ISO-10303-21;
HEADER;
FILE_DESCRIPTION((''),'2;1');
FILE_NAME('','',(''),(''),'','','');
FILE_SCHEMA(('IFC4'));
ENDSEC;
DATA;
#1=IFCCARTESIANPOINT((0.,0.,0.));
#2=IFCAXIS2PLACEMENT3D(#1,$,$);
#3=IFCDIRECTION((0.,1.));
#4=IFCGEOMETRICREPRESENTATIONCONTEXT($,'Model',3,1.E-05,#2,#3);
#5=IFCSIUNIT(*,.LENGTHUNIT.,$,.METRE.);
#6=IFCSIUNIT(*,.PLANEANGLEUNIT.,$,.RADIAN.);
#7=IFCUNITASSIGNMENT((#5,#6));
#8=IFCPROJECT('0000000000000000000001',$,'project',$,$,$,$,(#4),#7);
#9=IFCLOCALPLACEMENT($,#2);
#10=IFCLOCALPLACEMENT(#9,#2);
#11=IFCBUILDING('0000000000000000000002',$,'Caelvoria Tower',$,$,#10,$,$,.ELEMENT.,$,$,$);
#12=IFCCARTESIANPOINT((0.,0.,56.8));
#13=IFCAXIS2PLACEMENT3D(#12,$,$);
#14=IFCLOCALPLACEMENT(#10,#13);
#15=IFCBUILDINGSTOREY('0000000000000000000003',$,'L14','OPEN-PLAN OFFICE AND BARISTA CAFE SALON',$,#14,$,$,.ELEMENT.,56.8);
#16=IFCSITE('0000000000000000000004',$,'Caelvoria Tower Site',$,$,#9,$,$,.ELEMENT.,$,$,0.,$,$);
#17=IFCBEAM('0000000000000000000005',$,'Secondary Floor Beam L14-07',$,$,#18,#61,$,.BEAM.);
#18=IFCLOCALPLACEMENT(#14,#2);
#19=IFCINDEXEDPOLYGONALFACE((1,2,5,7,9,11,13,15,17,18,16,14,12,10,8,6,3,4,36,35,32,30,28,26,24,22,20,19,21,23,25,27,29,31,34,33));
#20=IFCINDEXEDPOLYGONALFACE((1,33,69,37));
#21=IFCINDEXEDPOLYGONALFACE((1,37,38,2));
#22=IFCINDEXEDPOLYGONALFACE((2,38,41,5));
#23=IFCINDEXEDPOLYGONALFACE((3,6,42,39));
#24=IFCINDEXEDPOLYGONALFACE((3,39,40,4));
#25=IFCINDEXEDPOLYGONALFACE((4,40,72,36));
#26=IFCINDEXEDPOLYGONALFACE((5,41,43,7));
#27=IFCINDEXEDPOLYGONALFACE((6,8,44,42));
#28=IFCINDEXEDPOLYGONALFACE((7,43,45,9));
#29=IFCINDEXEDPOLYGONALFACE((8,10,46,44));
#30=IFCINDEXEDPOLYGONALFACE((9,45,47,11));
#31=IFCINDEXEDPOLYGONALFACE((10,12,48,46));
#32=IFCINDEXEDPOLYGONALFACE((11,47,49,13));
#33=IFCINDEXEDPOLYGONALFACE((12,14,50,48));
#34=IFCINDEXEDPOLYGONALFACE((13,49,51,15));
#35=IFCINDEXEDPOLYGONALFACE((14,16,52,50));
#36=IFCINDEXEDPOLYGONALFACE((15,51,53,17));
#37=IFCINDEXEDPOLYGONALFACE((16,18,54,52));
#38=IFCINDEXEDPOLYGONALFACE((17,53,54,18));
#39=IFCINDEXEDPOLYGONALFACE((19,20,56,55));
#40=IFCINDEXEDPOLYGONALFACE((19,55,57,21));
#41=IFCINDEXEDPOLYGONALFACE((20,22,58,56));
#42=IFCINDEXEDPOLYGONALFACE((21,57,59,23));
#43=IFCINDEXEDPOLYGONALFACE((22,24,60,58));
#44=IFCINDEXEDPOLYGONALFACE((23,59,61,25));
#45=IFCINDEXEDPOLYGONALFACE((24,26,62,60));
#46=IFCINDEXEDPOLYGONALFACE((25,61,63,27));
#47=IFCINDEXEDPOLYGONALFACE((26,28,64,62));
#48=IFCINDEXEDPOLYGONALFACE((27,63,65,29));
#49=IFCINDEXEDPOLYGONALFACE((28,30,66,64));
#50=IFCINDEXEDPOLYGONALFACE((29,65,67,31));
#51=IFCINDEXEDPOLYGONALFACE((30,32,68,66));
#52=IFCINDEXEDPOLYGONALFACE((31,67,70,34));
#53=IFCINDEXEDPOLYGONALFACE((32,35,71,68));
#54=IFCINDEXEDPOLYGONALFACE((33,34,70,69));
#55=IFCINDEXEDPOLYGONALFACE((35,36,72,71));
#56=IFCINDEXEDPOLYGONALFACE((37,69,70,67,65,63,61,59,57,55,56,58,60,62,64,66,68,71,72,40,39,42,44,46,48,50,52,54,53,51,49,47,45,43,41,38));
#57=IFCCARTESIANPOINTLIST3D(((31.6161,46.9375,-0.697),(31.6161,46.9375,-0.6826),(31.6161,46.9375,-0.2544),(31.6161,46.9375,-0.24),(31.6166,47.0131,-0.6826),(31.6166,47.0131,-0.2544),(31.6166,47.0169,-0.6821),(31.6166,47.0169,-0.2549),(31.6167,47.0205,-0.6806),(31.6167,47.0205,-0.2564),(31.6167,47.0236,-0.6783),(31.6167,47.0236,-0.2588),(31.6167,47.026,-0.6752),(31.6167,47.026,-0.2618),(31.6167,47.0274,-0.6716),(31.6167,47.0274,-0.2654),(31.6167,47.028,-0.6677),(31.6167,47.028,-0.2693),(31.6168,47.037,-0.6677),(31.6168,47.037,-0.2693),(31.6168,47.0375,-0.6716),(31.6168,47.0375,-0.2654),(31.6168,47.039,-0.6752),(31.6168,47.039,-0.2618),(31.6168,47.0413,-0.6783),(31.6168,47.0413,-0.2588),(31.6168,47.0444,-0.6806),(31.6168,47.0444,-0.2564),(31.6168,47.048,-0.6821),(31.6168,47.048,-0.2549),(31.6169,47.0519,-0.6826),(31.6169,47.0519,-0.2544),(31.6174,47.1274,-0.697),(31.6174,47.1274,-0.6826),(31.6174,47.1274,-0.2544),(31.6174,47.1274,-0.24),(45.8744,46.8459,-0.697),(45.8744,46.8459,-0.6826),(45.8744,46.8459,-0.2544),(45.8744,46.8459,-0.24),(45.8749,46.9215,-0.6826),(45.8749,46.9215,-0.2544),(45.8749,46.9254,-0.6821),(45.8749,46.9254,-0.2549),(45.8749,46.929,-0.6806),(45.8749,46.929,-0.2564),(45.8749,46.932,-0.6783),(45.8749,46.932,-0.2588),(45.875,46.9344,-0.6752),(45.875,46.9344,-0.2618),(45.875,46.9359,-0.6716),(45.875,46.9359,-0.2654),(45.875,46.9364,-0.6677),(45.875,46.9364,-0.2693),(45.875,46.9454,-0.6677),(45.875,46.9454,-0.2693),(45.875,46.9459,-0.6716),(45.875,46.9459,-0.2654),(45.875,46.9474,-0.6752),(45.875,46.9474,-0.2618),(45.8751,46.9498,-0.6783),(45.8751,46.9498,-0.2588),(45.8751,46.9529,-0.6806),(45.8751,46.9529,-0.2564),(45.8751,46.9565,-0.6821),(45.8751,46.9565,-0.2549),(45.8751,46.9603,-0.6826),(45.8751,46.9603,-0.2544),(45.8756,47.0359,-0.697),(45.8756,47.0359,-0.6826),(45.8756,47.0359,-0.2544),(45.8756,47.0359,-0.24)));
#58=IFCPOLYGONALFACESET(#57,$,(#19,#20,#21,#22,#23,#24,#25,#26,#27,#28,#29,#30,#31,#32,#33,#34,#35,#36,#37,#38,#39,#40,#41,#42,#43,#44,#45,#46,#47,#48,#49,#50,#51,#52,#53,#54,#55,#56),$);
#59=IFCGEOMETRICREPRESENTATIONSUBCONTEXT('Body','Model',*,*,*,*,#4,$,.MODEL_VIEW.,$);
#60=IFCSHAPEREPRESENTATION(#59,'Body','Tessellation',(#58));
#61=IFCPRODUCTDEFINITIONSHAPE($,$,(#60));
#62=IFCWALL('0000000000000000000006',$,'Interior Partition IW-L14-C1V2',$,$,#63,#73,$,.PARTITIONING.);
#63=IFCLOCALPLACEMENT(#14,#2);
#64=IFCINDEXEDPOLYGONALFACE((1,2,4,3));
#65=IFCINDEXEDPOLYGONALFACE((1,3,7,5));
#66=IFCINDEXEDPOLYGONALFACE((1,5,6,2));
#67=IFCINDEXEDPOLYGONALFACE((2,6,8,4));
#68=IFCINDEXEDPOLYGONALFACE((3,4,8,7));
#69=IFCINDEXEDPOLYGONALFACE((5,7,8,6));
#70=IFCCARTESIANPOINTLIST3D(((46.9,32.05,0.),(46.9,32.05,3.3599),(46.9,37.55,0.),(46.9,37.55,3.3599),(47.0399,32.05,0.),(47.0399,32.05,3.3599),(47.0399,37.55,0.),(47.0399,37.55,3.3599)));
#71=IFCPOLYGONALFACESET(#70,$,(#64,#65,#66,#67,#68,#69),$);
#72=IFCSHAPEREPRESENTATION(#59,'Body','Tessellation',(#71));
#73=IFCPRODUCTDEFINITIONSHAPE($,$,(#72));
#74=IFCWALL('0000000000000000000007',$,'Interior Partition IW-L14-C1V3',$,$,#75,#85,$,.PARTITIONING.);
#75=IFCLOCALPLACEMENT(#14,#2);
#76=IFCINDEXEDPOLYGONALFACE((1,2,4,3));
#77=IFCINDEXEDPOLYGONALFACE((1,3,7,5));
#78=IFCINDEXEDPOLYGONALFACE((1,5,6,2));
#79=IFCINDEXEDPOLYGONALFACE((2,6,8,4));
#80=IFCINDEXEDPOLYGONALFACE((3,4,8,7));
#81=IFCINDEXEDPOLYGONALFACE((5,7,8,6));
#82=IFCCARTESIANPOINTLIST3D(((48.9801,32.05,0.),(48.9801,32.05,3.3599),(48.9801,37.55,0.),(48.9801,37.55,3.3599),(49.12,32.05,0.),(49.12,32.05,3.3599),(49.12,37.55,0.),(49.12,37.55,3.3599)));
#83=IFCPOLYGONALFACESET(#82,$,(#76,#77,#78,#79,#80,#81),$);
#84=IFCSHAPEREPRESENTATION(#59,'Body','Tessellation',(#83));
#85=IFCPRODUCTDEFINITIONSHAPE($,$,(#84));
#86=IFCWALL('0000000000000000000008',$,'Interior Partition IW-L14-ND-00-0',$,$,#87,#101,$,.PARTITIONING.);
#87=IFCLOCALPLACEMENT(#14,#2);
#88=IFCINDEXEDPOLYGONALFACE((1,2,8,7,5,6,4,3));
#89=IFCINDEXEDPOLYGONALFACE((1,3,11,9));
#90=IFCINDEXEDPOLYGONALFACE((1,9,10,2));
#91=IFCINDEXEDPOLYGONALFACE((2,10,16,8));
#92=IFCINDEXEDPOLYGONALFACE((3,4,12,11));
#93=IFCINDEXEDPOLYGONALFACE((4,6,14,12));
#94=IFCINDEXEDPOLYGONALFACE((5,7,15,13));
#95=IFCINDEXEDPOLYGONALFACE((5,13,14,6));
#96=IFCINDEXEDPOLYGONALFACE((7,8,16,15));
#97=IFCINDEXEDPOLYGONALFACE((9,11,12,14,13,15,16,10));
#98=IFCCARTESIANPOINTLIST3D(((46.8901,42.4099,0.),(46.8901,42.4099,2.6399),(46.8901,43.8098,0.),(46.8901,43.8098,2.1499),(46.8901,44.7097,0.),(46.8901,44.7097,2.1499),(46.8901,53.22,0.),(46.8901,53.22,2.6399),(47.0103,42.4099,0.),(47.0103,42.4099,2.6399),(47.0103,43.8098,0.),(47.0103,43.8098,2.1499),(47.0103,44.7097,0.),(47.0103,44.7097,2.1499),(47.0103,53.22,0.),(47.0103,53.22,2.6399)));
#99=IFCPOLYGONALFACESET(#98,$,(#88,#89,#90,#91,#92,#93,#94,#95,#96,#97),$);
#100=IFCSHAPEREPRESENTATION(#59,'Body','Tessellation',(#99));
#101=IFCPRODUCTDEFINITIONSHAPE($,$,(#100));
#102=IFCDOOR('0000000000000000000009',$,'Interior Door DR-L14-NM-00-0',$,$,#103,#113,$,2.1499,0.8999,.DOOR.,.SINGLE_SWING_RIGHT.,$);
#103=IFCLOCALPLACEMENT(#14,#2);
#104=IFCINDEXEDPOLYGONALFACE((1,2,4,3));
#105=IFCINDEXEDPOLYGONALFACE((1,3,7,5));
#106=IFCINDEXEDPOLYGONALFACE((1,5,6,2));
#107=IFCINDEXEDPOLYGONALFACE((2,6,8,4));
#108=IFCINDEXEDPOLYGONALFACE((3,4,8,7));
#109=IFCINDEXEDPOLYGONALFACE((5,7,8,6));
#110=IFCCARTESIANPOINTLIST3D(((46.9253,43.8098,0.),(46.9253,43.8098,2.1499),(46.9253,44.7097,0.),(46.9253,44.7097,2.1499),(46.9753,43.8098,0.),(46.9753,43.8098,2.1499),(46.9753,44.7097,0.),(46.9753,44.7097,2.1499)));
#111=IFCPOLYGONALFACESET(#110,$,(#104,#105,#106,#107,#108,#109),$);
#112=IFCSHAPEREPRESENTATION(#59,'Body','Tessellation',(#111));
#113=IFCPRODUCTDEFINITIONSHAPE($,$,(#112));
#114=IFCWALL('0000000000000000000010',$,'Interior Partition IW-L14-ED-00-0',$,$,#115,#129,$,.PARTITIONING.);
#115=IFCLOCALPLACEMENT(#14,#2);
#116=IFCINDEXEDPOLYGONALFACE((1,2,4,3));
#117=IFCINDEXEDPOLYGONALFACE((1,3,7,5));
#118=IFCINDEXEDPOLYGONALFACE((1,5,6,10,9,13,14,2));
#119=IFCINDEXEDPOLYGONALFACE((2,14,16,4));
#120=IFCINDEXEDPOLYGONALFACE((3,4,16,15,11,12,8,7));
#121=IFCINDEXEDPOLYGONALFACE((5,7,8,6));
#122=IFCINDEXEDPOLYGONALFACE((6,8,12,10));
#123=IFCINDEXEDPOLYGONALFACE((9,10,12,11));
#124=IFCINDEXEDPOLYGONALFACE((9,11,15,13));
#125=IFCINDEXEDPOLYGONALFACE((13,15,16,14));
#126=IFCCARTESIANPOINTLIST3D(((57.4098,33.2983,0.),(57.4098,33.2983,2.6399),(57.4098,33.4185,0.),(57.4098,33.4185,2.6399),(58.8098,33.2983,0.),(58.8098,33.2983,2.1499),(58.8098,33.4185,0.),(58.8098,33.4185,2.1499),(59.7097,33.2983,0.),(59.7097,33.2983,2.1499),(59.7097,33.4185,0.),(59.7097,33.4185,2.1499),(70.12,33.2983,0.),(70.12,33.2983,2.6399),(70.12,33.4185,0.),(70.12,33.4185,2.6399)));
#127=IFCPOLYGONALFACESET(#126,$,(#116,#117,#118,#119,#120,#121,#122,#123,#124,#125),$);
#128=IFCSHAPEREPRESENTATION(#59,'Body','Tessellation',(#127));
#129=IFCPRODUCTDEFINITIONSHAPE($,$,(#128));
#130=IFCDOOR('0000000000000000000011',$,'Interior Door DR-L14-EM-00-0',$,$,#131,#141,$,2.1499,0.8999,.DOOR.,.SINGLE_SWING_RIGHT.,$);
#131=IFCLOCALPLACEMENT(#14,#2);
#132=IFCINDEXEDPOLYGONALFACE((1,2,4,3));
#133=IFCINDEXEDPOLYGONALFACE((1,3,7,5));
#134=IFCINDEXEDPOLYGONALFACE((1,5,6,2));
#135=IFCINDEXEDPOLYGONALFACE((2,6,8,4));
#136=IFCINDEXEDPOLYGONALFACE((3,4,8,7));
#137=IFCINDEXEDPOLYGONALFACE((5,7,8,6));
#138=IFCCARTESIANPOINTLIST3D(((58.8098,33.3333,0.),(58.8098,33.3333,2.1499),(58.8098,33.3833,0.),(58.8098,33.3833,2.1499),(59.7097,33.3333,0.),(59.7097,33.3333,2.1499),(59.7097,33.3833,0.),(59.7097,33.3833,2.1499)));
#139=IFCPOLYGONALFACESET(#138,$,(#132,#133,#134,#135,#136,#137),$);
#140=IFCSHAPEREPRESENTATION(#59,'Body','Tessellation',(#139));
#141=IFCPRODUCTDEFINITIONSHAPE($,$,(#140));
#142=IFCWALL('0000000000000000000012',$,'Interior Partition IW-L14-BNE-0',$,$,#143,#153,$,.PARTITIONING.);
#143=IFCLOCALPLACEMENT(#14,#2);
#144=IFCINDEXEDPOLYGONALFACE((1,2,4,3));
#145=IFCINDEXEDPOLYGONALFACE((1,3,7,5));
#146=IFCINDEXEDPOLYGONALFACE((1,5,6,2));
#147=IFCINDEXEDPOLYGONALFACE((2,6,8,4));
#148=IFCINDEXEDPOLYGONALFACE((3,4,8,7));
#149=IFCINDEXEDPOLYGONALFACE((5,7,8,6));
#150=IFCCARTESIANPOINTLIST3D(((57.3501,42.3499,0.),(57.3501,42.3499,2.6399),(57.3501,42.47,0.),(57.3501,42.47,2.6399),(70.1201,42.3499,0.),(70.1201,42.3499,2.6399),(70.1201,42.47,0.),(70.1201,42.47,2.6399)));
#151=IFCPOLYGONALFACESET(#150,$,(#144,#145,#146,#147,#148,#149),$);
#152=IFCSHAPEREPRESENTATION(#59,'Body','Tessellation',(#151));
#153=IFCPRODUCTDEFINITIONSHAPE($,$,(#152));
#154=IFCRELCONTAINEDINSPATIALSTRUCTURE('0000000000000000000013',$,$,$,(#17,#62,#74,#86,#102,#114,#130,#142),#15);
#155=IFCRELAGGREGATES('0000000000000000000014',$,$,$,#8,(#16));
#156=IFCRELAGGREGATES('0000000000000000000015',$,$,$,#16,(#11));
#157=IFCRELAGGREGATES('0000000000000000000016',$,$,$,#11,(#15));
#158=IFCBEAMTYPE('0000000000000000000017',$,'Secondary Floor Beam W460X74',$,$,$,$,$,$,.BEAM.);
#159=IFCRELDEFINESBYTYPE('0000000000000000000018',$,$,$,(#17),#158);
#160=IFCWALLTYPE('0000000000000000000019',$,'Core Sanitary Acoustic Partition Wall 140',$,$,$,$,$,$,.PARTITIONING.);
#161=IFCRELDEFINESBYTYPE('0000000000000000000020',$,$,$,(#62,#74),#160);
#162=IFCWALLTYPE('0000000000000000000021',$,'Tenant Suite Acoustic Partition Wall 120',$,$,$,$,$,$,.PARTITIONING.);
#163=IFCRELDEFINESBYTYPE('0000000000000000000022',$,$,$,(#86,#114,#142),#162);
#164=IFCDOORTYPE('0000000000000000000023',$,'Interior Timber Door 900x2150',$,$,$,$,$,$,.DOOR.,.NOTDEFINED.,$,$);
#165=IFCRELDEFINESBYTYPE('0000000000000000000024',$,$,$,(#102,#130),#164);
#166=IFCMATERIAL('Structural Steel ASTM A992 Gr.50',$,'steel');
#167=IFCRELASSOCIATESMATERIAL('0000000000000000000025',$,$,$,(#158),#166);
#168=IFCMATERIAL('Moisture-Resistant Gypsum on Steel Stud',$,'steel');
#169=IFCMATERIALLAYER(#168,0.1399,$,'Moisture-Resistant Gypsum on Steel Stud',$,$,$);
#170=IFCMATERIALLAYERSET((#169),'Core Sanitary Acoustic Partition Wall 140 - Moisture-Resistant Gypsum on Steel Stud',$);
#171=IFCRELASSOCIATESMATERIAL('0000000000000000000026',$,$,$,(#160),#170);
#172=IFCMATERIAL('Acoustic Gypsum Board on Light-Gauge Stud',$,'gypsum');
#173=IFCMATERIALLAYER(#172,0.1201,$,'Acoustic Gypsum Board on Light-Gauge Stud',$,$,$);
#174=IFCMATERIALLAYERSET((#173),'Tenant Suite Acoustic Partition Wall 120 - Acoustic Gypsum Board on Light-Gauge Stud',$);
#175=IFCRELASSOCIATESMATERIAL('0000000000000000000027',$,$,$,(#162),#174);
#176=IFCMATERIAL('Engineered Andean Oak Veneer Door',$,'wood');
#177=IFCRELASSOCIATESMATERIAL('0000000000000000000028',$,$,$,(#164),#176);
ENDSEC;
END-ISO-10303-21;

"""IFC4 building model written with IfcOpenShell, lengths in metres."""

from ifc_helpers import new_model, si_unit, direction, frame, frame_2d, origin, origin_2d, place, context, subcontext, project, spatial, rectangle, i_section, extrude, material, layer, layer_set, material_profile, profile_set, type_object, element, fill, save


model = new_model("IFC4")

# Units and contexts
model_context = context("Model", 3, precision=1e-05, world=origin(), true_north=direction((0.0, 1.0)))
body_context = subcontext(model_context, "Body", "Model", "MODEL_VIEW")
ifc_project = project(units=[si_unit("LENGTHUNIT", "METRE"), si_unit("PLANEANGLEUNIT", "RADIAN")], contexts=[model_context])

# Site, building, storey
site_placement = place(None, origin())
site = spatial("IfcSite", under=ifc_project, at=site_placement, Name="Caelvoria Tower Site", CompositionType="ELEMENT", RefElevation=0.0)
building_placement = place(site_placement, origin())
building = spatial("IfcBuilding", under=site, at=building_placement, Name="Caelvoria Tower", CompositionType="ELEMENT")
storey_placement = place(building_placement, frame((0.0, 0.0, 56.8)))
storey = spatial("IfcBuildingStorey", under=building, at=storey_placement, Name="L14", Description="OPEN-PLAN OFFICE AND BARISTA CAFE SALON", CompositionType="ELEMENT", Elevation=56.8)

# Beam
ifc_material_1 = material(Name="Structural Steel ASTM A992 Gr.50", Category="steel")
ifc_material_profile_1 = material_profile(ifc_material_1, i_section(OverallWidth=0.1899, OverallDepth=0.457, WebThickness=0.009, FlangeThickness=0.0144, FilletRadius=0.0149, at=origin_2d()), Name="Structural Steel ASTM A992 Gr.50")
ifc_profile_set_1 = profile_set([ifc_material_profile_1], Name="W460X74 - Structural Steel ASTM A992 Gr.50")
beam_type_1 = type_object("IfcBeamType", Name="Secondary Floor Beam W460X74", PredefinedType="BEAM", material=ifc_profile_set_1)
for number, where, z_axis, x_axis, name in (
    (1, (45.875, 46.9409, -0.4685), (-0.999979, 0.006421, 0.0), (-0.006421, -0.999979, 0.0), "Secondary Floor Beam L14-07"),
):
    element("IfcBeam", number, at=place(storey_placement, frame(where, z_axis=z_axis, x_axis=x_axis)), inside=storey, type_object=beam_type_1, Name=name, PredefinedType="BEAM", context=body_context, shape_type="SweptSolid", body=[
        extrude(i_section(OverallWidth=0.1899, OverallDepth=0.457, WebThickness=0.009, FlangeThickness=0.0144, FilletRadius=0.0149, at=origin_2d()), origin(), (0.0, 0.0, 1.0), 14.2585),
    ])

# Walls
ifc_material_2 = material(Name="Moisture-Resistant Gypsum on Steel Stud", Category="steel")
ifc_layer_1 = layer(ifc_material_2, 0.1399, Name="Moisture-Resistant Gypsum on Steel Stud")
ifc_layer_set_1 = layer_set([ifc_layer_1], Name="Core Sanitary Acoustic Partition Wall 140 - Moisture-Resistant Gypsum on Steel Stud")
wall_type_1 = type_object("IfcWallType", Name="Core Sanitary Acoustic Partition Wall 140", PredefinedType="PARTITIONING", material=ifc_layer_set_1)
for number, where, z_axis, x_axis, name in (
    (2, (46.97, 32.05, 0.0), (0.0, 0.0, 1.0), (0.0, 1.0, 0.0), "Interior Partition IW-L14-C1V2"),
    (3, (49.05, 32.05, 0.0), (0.0, 0.0, 1.0), (0.0, 1.0, 0.0), "Interior Partition IW-L14-C1V3"),
):
    element("IfcWall", number, at=place(storey_placement, frame(where, z_axis=z_axis, x_axis=x_axis)), inside=storey, type_object=wall_type_1, Name=name, PredefinedType="PARTITIONING", context=body_context, shape_type="SweptSolid", body=[
        extrude(rectangle(XDim=5.5, YDim=0.1399, at=frame_2d((2.75, 0.0))), origin(), (0.0, 0.0, 1.0), 3.3599),
    ])

# Walls, openings, doors
ifc_material_3 = material(Name="Acoustic Gypsum Board on Light-Gauge Stud", Category="gypsum")
ifc_layer_2 = layer(ifc_material_3, 0.1201, Name="Acoustic Gypsum Board on Light-Gauge Stud")
ifc_layer_set_2 = layer_set([ifc_layer_2], Name="Tenant Suite Acoustic Partition Wall 120 - Acoustic Gypsum Board on Light-Gauge Stud")
wall_type_2 = type_object("IfcWallType", Name="Tenant Suite Acoustic Partition Wall 120", PredefinedType="PARTITIONING", material=ifc_layer_set_2)
wall_1_placement = place(storey_placement, frame((46.9502, 42.4099, 0.0), z_axis=(0.0, 0.0, 1.0), x_axis=(0.0, 1.0, 0.0)))
wall_1 = element("IfcWall", 4, at=wall_1_placement, inside=storey, type_object=wall_type_2, Name="Interior Partition IW-L14-ND-00-0", PredefinedType="PARTITIONING", context=body_context, shape_type="SweptSolid", body=[
    extrude(rectangle(XDim=10.8101, YDim=0.1201, at=frame_2d((5.405, 0.0))), origin(), (0.0, 0.0, 1.0), 2.6399),
])
opening_1_placement = place(wall_1_placement, frame((1.3999, 0.0, 0.0)))
opening_1 = element("IfcOpeningElement", 5, at=opening_1_placement, cuts=wall_1, PredefinedType="OPENING", context=body_context, shape_type="SweptSolid", body=[
    extrude(rectangle(XDim=0.8999, YDim=2.1499, at=frame_2d((0.45, 1.075))), frame((0.0, 0.0701, 0.0), z_axis=(0.0, -1.0, 0.0), x_axis=(1.0, 0.0, 0.0)), (0.0, 0.0, 1.0), 0.1401),
])
ifc_material_4 = material(Name="Engineered Andean Oak Veneer Door", Category="wood")
door_type = type_object("IfcDoorType", Name="Interior Timber Door 900x2150", OperationType="NOTDEFINED", PredefinedType="DOOR", material=ifc_material_4)
door_1_placement = place(opening_1_placement, origin())
door_1 = element("IfcDoor", 6, at=door_1_placement, inside=storey, type_object=door_type, Name="Interior Door DR-L14-NM-00-0", OperationType="SINGLE_SWING_RIGHT", OverallHeight=2.1499, OverallWidth=0.8999, PredefinedType="DOOR", context=body_context, shape_type="SweptSolid", body=[
    extrude(rectangle(XDim=0.8999, YDim=2.1499, at=frame_2d((0.45, 1.075))), frame((0.0, 0.0249, 0.0), z_axis=(0.0, -1.0, 0.0), x_axis=(1.0, 0.0, 0.0)), (0.0, 0.0, 1.0), 0.05),
])
fill(opening_1, door_1)
wall_2_placement = place(storey_placement, frame((57.4099, 33.3584, 0.0), z_axis=(0.0, 0.0, 1.0), x_axis=(1.0, 0.0, 0.0)))
wall_2 = element("IfcWall", 7, at=wall_2_placement, inside=storey, type_object=wall_type_2, Name="Interior Partition IW-L14-ED-00-0", PredefinedType="PARTITIONING", context=body_context, shape_type="SweptSolid", body=[
    extrude(rectangle(XDim=12.7102, YDim=0.1201, at=frame_2d((6.355, 0.0))), origin(), (0.0, 0.0, 1.0), 2.6399),
])
opening_2_placement = place(wall_2_placement, frame((1.3999, 0.0, 0.0)))
opening_2 = element("IfcOpeningElement", 8, at=opening_2_placement, cuts=wall_2, PredefinedType="OPENING", context=body_context, shape_type="SweptSolid", body=[
    extrude(rectangle(XDim=0.8999, YDim=2.1499, at=frame_2d((0.45, 1.075))), frame((0.0, 0.0701, 0.0), z_axis=(0.0, -1.0, 0.0), x_axis=(1.0, 0.0, 0.0)), (0.0, 0.0, 1.0), 0.1401),
])
door_2_placement = place(opening_2_placement, origin())
door_2 = element("IfcDoor", 9, at=door_2_placement, inside=storey, type_object=door_type, Name="Interior Door DR-L14-EM-00-0", OperationType="SINGLE_SWING_RIGHT", OverallHeight=2.1499, OverallWidth=0.8999, PredefinedType="DOOR", context=body_context, shape_type="SweptSolid", body=[
    extrude(rectangle(XDim=0.8999, YDim=2.1499, at=frame_2d((0.45, 1.075))), frame((0.0, 0.0249, 0.0), z_axis=(0.0, -1.0, 0.0), x_axis=(1.0, 0.0, 0.0)), (0.0, 0.0, 1.0), 0.05),
])
fill(opening_2, door_2)

# Wall
wall_3_placement = place(storey_placement, frame((57.3501, 42.4099, 0.0), z_axis=(0.0, 0.0, 1.0), x_axis=(1.0, 0.0, 0.0)))
element("IfcWall", 10, at=wall_3_placement, inside=storey, type_object=wall_type_2, Name="Interior Partition IW-L14-BNE-0", PredefinedType="PARTITIONING", context=body_context, shape_type="SweptSolid", body=[
    extrude(rectangle(XDim=12.77, YDim=0.1201, at=frame_2d((6.385, 0.0))), origin(), (0.0, 0.0, 1.0), 2.6399),
])

save(model, "model.ifc")
